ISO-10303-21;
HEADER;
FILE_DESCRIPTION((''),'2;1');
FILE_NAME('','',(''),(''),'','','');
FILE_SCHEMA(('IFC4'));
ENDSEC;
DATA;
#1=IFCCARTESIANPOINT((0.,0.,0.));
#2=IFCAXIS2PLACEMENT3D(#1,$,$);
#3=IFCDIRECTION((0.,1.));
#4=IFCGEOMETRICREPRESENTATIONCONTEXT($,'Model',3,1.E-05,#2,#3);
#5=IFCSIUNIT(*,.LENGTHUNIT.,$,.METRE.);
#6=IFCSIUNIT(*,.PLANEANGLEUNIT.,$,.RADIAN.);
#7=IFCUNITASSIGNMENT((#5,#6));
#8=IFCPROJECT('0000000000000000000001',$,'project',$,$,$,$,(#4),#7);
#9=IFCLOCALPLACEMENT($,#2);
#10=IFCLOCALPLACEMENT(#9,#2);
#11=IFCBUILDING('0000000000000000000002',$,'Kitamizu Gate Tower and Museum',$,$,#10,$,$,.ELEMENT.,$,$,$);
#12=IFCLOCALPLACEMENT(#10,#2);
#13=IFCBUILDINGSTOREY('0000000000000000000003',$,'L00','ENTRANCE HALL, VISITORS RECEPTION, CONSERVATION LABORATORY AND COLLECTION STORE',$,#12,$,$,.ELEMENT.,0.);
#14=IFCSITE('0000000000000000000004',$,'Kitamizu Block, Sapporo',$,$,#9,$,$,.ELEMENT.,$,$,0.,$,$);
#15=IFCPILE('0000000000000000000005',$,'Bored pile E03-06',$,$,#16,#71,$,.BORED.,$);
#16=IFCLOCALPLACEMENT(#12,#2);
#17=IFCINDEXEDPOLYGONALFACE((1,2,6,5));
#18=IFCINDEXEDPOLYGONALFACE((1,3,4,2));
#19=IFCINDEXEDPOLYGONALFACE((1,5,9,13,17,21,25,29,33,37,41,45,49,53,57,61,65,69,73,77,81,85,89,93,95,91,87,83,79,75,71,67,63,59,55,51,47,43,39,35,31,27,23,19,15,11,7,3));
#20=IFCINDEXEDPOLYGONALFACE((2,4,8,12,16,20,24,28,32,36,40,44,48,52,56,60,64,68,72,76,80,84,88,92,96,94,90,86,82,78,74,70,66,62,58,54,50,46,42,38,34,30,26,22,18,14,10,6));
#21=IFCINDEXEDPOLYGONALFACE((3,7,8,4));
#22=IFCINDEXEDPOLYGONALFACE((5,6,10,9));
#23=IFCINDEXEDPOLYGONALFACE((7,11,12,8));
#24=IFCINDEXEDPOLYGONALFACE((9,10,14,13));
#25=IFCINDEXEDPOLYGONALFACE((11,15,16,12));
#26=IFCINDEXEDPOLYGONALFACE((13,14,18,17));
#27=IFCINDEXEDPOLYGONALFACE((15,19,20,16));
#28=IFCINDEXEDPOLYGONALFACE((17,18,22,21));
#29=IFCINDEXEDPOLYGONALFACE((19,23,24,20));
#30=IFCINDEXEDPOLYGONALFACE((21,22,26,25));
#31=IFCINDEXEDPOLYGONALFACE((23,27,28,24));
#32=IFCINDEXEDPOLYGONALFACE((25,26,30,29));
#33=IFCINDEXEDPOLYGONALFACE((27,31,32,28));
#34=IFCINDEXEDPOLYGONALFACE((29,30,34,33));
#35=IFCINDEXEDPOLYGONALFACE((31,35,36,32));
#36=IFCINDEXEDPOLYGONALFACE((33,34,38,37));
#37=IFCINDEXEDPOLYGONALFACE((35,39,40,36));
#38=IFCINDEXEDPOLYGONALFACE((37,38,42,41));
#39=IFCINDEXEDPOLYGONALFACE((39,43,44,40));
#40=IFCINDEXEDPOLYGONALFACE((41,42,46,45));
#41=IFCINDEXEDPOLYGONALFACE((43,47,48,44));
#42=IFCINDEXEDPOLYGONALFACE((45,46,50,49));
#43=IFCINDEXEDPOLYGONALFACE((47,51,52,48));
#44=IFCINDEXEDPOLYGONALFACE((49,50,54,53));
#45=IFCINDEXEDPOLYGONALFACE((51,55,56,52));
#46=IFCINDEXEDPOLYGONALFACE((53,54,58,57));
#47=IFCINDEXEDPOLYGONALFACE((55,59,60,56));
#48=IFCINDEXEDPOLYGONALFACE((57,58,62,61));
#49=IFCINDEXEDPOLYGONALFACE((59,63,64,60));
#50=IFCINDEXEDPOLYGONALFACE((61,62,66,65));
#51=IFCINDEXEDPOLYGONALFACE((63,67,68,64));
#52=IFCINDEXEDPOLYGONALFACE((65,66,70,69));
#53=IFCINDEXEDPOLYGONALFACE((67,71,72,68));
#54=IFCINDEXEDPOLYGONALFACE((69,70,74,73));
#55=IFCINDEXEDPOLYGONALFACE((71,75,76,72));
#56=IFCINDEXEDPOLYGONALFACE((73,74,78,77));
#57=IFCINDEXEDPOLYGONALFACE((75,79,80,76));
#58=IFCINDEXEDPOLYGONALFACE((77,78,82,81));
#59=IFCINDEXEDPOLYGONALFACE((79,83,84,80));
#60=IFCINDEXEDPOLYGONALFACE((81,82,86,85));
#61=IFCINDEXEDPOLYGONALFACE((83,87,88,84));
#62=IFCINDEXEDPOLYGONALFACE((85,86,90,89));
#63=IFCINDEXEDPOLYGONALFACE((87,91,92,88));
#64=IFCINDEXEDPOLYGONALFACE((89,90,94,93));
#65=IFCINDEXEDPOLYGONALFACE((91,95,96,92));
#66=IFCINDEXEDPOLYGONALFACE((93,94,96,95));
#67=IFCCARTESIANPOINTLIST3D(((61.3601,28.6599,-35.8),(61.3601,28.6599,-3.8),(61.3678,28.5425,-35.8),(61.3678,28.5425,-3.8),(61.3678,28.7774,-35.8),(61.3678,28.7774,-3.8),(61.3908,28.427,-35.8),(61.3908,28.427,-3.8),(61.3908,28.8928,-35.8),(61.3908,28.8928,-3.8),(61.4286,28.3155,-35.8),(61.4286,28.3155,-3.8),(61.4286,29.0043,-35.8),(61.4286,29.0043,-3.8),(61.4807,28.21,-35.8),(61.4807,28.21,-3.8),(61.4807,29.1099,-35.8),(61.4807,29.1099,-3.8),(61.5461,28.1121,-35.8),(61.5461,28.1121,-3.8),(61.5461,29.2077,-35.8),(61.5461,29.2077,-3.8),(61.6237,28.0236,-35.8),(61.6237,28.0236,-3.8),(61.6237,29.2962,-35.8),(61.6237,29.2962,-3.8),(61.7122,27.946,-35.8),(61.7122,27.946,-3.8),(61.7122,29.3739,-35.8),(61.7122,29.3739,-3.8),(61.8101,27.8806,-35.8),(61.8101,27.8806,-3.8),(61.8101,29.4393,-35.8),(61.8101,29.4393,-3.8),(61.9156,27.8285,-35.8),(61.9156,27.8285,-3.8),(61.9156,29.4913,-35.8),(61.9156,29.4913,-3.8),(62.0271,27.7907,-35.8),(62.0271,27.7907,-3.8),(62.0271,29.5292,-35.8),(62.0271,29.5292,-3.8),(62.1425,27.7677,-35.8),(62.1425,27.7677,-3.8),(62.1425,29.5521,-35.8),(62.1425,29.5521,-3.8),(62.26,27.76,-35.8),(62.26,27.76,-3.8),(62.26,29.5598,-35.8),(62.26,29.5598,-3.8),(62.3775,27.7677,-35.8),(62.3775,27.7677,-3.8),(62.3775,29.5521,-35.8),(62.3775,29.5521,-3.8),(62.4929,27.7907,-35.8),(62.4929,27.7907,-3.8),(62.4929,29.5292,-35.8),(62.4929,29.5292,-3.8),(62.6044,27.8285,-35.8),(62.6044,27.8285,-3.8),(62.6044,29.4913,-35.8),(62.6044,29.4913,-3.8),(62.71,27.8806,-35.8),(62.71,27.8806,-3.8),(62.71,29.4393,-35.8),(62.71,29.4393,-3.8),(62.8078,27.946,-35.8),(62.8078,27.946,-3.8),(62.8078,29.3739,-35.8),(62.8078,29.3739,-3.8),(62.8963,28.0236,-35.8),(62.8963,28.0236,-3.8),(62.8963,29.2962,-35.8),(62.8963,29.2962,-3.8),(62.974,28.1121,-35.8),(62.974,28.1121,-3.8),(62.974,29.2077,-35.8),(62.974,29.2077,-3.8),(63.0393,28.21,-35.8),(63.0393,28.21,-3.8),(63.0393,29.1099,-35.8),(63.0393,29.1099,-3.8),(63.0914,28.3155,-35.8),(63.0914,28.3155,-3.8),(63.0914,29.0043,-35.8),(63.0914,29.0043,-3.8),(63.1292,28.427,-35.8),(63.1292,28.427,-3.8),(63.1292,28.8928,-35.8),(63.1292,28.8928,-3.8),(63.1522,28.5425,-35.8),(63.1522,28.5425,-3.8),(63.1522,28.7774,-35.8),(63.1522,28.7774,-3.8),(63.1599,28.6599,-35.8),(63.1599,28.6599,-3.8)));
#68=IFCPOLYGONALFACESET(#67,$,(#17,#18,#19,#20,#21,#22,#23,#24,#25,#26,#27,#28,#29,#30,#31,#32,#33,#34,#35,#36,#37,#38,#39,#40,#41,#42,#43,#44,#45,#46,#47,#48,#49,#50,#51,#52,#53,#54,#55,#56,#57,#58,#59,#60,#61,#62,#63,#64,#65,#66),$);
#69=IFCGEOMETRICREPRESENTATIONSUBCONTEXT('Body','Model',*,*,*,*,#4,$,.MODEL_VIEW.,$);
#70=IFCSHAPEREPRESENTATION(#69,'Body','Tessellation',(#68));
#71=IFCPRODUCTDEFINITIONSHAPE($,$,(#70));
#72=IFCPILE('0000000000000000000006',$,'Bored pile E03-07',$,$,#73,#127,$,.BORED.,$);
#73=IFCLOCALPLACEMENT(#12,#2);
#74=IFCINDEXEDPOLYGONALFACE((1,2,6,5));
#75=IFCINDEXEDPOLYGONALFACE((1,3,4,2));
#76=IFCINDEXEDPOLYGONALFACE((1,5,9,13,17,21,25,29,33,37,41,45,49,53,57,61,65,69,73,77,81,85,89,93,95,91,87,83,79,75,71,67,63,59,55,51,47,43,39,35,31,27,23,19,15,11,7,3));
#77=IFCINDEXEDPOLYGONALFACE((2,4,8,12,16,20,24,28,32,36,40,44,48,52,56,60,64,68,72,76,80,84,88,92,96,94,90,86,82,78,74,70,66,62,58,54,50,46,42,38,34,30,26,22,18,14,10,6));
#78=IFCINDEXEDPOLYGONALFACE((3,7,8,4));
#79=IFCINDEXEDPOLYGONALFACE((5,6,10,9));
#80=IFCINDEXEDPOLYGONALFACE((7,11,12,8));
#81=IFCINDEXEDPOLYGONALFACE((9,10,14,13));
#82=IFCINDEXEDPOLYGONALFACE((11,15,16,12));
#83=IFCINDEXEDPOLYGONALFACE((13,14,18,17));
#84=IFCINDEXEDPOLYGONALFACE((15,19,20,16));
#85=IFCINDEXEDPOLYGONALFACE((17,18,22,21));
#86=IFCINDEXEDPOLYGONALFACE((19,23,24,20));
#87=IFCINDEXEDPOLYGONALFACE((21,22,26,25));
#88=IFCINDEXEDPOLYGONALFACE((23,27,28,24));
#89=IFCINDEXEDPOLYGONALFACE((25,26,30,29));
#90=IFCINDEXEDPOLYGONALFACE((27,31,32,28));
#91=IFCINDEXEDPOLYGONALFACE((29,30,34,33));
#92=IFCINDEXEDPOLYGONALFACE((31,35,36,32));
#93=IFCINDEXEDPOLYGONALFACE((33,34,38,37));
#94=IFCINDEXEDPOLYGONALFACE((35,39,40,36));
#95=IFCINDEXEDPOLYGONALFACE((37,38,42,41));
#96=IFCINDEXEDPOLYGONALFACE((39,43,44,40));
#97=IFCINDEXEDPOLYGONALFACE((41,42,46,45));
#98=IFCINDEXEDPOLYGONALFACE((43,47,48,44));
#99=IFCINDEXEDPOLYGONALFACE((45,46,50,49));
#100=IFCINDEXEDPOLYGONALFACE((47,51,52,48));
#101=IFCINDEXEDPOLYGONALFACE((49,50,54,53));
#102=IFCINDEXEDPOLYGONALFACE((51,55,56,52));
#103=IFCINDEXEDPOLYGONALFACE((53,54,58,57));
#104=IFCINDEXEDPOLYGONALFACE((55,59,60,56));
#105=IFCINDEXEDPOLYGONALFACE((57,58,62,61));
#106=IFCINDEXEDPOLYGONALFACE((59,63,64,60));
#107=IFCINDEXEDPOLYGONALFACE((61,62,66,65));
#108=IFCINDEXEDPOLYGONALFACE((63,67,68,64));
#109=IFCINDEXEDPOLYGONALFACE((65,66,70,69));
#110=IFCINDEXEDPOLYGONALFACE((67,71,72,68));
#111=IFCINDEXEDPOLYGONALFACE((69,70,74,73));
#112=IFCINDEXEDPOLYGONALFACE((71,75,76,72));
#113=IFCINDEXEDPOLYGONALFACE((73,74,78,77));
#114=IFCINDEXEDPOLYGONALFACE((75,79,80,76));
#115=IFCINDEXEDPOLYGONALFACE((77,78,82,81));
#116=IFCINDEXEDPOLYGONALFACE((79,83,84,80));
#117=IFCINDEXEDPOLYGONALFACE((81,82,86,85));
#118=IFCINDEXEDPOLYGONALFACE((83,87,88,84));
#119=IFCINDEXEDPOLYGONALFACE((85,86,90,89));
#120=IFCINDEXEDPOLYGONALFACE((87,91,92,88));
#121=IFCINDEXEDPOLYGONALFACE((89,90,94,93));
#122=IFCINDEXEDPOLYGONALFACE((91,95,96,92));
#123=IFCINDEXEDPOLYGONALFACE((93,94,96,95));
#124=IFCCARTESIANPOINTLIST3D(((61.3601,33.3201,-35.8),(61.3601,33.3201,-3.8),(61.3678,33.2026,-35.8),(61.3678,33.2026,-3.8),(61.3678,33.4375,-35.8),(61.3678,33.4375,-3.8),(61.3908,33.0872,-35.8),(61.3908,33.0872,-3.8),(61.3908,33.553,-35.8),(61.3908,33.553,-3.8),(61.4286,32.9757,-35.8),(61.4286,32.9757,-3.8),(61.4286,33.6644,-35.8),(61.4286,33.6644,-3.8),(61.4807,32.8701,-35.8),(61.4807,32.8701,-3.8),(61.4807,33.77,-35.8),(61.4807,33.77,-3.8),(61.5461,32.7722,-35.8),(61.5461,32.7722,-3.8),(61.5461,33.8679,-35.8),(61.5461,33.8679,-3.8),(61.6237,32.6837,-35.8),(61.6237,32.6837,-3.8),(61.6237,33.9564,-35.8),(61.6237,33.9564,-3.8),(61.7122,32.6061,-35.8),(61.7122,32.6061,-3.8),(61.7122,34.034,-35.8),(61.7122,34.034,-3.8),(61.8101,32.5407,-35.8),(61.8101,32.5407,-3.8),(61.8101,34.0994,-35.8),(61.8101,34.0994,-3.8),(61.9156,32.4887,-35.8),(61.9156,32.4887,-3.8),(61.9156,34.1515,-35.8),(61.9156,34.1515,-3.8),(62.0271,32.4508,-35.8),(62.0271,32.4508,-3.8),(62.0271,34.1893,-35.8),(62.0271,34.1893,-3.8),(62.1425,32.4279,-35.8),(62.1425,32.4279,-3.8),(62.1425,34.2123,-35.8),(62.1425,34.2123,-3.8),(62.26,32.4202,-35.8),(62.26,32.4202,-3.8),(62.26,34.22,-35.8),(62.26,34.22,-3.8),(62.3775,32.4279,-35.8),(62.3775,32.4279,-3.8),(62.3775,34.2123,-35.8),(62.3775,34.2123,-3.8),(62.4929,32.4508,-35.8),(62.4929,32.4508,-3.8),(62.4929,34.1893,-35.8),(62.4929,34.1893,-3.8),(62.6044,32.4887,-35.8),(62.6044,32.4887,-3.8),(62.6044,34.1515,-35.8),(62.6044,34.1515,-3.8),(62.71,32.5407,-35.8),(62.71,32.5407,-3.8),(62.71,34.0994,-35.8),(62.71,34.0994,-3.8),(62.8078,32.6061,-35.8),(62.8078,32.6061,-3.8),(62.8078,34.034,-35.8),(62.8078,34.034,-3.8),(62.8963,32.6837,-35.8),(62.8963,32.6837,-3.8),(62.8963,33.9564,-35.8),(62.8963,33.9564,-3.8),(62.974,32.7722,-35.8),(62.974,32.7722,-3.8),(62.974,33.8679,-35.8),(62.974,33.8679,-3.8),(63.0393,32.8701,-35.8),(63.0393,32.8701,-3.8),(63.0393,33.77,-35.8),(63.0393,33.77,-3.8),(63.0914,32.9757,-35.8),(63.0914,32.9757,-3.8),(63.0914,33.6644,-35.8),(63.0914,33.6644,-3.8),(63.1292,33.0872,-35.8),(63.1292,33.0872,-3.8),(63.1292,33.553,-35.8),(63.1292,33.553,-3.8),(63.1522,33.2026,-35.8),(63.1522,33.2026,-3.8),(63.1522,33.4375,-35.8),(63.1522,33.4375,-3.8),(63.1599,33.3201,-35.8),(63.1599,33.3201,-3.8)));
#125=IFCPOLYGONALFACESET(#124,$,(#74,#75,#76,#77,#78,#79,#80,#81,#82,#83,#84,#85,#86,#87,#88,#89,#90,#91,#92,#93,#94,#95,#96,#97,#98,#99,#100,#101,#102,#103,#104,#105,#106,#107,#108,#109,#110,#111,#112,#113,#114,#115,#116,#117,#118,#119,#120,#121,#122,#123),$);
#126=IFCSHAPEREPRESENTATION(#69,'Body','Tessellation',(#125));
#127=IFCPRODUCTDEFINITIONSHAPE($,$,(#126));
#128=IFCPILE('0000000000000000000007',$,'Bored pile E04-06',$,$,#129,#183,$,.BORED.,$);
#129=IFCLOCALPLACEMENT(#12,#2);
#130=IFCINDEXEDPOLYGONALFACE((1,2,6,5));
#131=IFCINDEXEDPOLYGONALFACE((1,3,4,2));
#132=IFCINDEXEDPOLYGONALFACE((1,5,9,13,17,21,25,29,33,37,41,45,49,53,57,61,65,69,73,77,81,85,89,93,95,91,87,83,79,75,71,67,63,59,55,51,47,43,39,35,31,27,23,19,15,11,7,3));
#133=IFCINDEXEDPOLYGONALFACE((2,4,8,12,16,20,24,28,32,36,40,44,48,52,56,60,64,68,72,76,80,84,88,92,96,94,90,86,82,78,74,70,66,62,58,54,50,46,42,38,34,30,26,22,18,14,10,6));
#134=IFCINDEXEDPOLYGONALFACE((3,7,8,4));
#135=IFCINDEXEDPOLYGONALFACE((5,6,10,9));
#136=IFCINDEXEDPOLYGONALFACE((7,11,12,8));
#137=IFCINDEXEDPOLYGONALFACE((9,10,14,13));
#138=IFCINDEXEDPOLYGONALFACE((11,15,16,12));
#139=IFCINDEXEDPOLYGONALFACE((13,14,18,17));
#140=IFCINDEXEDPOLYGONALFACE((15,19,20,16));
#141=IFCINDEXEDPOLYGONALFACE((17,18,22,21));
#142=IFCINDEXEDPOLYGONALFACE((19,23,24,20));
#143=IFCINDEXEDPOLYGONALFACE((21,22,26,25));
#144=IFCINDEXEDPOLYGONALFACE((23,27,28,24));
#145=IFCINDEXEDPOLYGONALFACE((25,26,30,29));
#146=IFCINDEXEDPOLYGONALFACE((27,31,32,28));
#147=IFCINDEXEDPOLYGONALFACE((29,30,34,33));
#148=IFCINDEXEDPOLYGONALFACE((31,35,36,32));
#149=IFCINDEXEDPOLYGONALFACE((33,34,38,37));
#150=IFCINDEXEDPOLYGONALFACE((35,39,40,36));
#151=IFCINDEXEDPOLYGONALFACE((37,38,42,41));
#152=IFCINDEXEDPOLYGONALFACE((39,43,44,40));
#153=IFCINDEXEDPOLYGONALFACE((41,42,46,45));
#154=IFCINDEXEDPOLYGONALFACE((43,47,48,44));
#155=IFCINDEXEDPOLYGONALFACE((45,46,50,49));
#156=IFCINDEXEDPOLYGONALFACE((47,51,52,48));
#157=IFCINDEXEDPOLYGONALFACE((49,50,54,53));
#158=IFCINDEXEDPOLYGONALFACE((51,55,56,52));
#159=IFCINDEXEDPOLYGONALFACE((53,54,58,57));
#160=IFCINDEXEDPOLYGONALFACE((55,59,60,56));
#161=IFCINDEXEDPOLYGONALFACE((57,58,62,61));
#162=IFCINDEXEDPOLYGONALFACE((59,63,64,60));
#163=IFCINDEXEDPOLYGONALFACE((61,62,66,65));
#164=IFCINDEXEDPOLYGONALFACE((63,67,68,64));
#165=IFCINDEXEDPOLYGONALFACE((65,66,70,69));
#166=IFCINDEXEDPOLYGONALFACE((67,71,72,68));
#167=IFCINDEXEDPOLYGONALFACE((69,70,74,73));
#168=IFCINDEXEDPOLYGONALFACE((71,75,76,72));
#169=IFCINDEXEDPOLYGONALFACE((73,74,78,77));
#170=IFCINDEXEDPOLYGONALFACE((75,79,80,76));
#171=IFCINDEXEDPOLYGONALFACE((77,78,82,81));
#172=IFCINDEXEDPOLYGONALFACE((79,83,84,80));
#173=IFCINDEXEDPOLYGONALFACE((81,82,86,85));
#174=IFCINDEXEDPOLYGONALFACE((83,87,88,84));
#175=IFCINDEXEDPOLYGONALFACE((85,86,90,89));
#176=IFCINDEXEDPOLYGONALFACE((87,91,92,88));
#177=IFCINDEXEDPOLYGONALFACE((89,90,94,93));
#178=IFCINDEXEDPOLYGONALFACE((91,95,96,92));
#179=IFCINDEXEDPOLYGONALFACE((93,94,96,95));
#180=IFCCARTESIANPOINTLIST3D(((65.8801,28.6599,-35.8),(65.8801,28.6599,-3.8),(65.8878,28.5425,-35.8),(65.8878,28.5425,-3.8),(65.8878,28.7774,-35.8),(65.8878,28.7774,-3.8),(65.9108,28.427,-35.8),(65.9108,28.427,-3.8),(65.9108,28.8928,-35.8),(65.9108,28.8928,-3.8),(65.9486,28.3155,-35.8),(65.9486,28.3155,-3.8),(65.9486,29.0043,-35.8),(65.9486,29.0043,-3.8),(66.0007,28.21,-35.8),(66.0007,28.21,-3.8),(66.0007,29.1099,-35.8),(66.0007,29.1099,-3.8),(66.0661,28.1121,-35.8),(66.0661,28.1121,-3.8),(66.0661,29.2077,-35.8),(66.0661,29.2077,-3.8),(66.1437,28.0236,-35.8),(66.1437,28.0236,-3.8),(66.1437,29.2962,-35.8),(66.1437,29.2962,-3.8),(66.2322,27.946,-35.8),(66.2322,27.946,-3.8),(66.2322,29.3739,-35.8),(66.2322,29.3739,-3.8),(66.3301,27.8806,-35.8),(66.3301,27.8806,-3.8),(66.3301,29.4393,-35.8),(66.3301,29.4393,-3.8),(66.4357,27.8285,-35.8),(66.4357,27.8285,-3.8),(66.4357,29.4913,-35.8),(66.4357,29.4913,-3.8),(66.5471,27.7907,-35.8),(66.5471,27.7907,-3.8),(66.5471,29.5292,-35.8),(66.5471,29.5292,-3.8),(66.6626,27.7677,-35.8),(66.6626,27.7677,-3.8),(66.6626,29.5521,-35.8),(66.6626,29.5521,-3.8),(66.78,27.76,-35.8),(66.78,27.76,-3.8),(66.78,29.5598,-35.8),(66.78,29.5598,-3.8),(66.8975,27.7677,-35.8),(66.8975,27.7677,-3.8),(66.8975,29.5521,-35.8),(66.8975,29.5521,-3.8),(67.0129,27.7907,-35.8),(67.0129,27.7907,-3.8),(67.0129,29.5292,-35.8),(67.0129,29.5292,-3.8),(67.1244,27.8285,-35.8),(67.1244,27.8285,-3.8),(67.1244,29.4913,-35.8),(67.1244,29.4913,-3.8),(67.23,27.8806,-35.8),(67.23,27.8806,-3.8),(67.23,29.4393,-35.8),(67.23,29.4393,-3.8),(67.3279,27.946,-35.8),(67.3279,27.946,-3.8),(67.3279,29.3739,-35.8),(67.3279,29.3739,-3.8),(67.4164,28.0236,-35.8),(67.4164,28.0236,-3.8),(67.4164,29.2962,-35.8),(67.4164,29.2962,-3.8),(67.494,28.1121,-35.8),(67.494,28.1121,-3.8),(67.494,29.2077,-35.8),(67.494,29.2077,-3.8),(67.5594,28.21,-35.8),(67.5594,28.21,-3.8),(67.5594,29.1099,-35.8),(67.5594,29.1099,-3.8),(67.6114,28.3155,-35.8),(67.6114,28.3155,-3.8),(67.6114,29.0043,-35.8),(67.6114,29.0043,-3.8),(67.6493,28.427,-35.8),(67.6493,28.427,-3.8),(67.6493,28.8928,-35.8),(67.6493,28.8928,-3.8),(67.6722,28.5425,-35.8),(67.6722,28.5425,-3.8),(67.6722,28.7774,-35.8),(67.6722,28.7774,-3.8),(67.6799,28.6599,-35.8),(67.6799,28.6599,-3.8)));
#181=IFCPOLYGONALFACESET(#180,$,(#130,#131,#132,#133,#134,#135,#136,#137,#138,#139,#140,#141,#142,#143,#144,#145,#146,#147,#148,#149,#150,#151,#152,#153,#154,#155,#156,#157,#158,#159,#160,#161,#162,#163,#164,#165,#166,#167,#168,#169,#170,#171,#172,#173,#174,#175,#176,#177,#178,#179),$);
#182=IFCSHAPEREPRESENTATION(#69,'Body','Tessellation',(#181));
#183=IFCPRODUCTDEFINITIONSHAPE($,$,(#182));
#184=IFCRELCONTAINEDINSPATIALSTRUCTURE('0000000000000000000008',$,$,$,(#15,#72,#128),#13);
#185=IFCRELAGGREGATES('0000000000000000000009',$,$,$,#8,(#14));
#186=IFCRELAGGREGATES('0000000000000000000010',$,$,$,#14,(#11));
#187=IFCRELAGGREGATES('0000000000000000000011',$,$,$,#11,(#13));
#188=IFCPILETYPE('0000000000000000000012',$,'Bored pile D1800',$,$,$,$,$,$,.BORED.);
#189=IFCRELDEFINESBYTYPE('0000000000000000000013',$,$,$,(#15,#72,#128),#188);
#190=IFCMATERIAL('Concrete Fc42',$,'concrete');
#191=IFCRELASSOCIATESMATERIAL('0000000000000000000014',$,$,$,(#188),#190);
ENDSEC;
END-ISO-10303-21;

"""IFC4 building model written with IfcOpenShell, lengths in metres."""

from ifc_helpers import new_model, si_unit, direction, frame, origin, origin_2d, place, context, subcontext, project, spatial, circle, extrude, material, material_profile, profile_set, type_object, element, save


model = new_model("IFC4")

# Units and contexts
model_context = context("Model", 3, precision=1e-05, world=origin(), true_north=direction((0.0, 1.0)))
body_context = subcontext(model_context, "Body", "Model", "MODEL_VIEW")
ifc_project = project(units=[si_unit("LENGTHUNIT", "METRE"), si_unit("PLANEANGLEUNIT", "RADIAN")], contexts=[model_context])

# Site, building, storey
site_placement = place(None, origin())
site = spatial("IfcSite", under=ifc_project, at=site_placement, Name="Kitamizu Block, Sapporo", CompositionType="ELEMENT", RefElevation=0.0)
building_placement = place(site_placement, origin())
building = spatial("IfcBuilding", under=site, at=building_placement, Name="Kitamizu Gate Tower and Museum", CompositionType="ELEMENT")
storey_placement = place(building_placement, origin())
storey = spatial("IfcBuildingStorey", under=building, at=storey_placement, Name="L00", Description="ENTRANCE HALL, VISITORS RECEPTION, CONSERVATION LABORATORY AND COLLECTION STORE", CompositionType="ELEMENT", Elevation=0.0)

# Piles
ifc_material_1 = material(Name="Concrete Fc42", Category="concrete")
ifc_material_profile_1 = material_profile(ifc_material_1, circle(Radius=0.8999, at=origin_2d()), Name="Bored pile D1800")
ifc_profile_set_1 = profile_set([ifc_material_profile_1], Name="Concrete Fc42")
pile_type = type_object("IfcPileType", Name="Bored pile D1800", PredefinedType="BORED", material=ifc_profile_set_1)
for number, where, z_axis, x_axis, name in (
    (1, (62.26, 28.6599, -3.8), (0.0, 0.0, -1.0), (1.0, 0.0, 0.0), "Bored pile E03-06"),
    (2, (62.26, 33.3201, -3.8), (0.0, 0.0, -1.0), (1.0, 0.0, 0.0), "Bored pile E03-07"),
    (3, (66.78, 28.6599, -3.8), (0.0, 0.0, -1.0), (1.0, 0.0, 0.0), "Bored pile E04-06"),
):
    element("IfcPile", number, at=place(storey_placement, frame(where, z_axis=z_axis, x_axis=x_axis)), inside=storey, type_object=pile_type, Name=name, PredefinedType="BORED", context=body_context, shape_type="SweptSolid", body=[
        extrude(circle(Radius=0.8999, at=origin_2d()), origin(), (0.0, 0.0, 1.0), 32.0),
    ])

save(model, "model.ifc")
